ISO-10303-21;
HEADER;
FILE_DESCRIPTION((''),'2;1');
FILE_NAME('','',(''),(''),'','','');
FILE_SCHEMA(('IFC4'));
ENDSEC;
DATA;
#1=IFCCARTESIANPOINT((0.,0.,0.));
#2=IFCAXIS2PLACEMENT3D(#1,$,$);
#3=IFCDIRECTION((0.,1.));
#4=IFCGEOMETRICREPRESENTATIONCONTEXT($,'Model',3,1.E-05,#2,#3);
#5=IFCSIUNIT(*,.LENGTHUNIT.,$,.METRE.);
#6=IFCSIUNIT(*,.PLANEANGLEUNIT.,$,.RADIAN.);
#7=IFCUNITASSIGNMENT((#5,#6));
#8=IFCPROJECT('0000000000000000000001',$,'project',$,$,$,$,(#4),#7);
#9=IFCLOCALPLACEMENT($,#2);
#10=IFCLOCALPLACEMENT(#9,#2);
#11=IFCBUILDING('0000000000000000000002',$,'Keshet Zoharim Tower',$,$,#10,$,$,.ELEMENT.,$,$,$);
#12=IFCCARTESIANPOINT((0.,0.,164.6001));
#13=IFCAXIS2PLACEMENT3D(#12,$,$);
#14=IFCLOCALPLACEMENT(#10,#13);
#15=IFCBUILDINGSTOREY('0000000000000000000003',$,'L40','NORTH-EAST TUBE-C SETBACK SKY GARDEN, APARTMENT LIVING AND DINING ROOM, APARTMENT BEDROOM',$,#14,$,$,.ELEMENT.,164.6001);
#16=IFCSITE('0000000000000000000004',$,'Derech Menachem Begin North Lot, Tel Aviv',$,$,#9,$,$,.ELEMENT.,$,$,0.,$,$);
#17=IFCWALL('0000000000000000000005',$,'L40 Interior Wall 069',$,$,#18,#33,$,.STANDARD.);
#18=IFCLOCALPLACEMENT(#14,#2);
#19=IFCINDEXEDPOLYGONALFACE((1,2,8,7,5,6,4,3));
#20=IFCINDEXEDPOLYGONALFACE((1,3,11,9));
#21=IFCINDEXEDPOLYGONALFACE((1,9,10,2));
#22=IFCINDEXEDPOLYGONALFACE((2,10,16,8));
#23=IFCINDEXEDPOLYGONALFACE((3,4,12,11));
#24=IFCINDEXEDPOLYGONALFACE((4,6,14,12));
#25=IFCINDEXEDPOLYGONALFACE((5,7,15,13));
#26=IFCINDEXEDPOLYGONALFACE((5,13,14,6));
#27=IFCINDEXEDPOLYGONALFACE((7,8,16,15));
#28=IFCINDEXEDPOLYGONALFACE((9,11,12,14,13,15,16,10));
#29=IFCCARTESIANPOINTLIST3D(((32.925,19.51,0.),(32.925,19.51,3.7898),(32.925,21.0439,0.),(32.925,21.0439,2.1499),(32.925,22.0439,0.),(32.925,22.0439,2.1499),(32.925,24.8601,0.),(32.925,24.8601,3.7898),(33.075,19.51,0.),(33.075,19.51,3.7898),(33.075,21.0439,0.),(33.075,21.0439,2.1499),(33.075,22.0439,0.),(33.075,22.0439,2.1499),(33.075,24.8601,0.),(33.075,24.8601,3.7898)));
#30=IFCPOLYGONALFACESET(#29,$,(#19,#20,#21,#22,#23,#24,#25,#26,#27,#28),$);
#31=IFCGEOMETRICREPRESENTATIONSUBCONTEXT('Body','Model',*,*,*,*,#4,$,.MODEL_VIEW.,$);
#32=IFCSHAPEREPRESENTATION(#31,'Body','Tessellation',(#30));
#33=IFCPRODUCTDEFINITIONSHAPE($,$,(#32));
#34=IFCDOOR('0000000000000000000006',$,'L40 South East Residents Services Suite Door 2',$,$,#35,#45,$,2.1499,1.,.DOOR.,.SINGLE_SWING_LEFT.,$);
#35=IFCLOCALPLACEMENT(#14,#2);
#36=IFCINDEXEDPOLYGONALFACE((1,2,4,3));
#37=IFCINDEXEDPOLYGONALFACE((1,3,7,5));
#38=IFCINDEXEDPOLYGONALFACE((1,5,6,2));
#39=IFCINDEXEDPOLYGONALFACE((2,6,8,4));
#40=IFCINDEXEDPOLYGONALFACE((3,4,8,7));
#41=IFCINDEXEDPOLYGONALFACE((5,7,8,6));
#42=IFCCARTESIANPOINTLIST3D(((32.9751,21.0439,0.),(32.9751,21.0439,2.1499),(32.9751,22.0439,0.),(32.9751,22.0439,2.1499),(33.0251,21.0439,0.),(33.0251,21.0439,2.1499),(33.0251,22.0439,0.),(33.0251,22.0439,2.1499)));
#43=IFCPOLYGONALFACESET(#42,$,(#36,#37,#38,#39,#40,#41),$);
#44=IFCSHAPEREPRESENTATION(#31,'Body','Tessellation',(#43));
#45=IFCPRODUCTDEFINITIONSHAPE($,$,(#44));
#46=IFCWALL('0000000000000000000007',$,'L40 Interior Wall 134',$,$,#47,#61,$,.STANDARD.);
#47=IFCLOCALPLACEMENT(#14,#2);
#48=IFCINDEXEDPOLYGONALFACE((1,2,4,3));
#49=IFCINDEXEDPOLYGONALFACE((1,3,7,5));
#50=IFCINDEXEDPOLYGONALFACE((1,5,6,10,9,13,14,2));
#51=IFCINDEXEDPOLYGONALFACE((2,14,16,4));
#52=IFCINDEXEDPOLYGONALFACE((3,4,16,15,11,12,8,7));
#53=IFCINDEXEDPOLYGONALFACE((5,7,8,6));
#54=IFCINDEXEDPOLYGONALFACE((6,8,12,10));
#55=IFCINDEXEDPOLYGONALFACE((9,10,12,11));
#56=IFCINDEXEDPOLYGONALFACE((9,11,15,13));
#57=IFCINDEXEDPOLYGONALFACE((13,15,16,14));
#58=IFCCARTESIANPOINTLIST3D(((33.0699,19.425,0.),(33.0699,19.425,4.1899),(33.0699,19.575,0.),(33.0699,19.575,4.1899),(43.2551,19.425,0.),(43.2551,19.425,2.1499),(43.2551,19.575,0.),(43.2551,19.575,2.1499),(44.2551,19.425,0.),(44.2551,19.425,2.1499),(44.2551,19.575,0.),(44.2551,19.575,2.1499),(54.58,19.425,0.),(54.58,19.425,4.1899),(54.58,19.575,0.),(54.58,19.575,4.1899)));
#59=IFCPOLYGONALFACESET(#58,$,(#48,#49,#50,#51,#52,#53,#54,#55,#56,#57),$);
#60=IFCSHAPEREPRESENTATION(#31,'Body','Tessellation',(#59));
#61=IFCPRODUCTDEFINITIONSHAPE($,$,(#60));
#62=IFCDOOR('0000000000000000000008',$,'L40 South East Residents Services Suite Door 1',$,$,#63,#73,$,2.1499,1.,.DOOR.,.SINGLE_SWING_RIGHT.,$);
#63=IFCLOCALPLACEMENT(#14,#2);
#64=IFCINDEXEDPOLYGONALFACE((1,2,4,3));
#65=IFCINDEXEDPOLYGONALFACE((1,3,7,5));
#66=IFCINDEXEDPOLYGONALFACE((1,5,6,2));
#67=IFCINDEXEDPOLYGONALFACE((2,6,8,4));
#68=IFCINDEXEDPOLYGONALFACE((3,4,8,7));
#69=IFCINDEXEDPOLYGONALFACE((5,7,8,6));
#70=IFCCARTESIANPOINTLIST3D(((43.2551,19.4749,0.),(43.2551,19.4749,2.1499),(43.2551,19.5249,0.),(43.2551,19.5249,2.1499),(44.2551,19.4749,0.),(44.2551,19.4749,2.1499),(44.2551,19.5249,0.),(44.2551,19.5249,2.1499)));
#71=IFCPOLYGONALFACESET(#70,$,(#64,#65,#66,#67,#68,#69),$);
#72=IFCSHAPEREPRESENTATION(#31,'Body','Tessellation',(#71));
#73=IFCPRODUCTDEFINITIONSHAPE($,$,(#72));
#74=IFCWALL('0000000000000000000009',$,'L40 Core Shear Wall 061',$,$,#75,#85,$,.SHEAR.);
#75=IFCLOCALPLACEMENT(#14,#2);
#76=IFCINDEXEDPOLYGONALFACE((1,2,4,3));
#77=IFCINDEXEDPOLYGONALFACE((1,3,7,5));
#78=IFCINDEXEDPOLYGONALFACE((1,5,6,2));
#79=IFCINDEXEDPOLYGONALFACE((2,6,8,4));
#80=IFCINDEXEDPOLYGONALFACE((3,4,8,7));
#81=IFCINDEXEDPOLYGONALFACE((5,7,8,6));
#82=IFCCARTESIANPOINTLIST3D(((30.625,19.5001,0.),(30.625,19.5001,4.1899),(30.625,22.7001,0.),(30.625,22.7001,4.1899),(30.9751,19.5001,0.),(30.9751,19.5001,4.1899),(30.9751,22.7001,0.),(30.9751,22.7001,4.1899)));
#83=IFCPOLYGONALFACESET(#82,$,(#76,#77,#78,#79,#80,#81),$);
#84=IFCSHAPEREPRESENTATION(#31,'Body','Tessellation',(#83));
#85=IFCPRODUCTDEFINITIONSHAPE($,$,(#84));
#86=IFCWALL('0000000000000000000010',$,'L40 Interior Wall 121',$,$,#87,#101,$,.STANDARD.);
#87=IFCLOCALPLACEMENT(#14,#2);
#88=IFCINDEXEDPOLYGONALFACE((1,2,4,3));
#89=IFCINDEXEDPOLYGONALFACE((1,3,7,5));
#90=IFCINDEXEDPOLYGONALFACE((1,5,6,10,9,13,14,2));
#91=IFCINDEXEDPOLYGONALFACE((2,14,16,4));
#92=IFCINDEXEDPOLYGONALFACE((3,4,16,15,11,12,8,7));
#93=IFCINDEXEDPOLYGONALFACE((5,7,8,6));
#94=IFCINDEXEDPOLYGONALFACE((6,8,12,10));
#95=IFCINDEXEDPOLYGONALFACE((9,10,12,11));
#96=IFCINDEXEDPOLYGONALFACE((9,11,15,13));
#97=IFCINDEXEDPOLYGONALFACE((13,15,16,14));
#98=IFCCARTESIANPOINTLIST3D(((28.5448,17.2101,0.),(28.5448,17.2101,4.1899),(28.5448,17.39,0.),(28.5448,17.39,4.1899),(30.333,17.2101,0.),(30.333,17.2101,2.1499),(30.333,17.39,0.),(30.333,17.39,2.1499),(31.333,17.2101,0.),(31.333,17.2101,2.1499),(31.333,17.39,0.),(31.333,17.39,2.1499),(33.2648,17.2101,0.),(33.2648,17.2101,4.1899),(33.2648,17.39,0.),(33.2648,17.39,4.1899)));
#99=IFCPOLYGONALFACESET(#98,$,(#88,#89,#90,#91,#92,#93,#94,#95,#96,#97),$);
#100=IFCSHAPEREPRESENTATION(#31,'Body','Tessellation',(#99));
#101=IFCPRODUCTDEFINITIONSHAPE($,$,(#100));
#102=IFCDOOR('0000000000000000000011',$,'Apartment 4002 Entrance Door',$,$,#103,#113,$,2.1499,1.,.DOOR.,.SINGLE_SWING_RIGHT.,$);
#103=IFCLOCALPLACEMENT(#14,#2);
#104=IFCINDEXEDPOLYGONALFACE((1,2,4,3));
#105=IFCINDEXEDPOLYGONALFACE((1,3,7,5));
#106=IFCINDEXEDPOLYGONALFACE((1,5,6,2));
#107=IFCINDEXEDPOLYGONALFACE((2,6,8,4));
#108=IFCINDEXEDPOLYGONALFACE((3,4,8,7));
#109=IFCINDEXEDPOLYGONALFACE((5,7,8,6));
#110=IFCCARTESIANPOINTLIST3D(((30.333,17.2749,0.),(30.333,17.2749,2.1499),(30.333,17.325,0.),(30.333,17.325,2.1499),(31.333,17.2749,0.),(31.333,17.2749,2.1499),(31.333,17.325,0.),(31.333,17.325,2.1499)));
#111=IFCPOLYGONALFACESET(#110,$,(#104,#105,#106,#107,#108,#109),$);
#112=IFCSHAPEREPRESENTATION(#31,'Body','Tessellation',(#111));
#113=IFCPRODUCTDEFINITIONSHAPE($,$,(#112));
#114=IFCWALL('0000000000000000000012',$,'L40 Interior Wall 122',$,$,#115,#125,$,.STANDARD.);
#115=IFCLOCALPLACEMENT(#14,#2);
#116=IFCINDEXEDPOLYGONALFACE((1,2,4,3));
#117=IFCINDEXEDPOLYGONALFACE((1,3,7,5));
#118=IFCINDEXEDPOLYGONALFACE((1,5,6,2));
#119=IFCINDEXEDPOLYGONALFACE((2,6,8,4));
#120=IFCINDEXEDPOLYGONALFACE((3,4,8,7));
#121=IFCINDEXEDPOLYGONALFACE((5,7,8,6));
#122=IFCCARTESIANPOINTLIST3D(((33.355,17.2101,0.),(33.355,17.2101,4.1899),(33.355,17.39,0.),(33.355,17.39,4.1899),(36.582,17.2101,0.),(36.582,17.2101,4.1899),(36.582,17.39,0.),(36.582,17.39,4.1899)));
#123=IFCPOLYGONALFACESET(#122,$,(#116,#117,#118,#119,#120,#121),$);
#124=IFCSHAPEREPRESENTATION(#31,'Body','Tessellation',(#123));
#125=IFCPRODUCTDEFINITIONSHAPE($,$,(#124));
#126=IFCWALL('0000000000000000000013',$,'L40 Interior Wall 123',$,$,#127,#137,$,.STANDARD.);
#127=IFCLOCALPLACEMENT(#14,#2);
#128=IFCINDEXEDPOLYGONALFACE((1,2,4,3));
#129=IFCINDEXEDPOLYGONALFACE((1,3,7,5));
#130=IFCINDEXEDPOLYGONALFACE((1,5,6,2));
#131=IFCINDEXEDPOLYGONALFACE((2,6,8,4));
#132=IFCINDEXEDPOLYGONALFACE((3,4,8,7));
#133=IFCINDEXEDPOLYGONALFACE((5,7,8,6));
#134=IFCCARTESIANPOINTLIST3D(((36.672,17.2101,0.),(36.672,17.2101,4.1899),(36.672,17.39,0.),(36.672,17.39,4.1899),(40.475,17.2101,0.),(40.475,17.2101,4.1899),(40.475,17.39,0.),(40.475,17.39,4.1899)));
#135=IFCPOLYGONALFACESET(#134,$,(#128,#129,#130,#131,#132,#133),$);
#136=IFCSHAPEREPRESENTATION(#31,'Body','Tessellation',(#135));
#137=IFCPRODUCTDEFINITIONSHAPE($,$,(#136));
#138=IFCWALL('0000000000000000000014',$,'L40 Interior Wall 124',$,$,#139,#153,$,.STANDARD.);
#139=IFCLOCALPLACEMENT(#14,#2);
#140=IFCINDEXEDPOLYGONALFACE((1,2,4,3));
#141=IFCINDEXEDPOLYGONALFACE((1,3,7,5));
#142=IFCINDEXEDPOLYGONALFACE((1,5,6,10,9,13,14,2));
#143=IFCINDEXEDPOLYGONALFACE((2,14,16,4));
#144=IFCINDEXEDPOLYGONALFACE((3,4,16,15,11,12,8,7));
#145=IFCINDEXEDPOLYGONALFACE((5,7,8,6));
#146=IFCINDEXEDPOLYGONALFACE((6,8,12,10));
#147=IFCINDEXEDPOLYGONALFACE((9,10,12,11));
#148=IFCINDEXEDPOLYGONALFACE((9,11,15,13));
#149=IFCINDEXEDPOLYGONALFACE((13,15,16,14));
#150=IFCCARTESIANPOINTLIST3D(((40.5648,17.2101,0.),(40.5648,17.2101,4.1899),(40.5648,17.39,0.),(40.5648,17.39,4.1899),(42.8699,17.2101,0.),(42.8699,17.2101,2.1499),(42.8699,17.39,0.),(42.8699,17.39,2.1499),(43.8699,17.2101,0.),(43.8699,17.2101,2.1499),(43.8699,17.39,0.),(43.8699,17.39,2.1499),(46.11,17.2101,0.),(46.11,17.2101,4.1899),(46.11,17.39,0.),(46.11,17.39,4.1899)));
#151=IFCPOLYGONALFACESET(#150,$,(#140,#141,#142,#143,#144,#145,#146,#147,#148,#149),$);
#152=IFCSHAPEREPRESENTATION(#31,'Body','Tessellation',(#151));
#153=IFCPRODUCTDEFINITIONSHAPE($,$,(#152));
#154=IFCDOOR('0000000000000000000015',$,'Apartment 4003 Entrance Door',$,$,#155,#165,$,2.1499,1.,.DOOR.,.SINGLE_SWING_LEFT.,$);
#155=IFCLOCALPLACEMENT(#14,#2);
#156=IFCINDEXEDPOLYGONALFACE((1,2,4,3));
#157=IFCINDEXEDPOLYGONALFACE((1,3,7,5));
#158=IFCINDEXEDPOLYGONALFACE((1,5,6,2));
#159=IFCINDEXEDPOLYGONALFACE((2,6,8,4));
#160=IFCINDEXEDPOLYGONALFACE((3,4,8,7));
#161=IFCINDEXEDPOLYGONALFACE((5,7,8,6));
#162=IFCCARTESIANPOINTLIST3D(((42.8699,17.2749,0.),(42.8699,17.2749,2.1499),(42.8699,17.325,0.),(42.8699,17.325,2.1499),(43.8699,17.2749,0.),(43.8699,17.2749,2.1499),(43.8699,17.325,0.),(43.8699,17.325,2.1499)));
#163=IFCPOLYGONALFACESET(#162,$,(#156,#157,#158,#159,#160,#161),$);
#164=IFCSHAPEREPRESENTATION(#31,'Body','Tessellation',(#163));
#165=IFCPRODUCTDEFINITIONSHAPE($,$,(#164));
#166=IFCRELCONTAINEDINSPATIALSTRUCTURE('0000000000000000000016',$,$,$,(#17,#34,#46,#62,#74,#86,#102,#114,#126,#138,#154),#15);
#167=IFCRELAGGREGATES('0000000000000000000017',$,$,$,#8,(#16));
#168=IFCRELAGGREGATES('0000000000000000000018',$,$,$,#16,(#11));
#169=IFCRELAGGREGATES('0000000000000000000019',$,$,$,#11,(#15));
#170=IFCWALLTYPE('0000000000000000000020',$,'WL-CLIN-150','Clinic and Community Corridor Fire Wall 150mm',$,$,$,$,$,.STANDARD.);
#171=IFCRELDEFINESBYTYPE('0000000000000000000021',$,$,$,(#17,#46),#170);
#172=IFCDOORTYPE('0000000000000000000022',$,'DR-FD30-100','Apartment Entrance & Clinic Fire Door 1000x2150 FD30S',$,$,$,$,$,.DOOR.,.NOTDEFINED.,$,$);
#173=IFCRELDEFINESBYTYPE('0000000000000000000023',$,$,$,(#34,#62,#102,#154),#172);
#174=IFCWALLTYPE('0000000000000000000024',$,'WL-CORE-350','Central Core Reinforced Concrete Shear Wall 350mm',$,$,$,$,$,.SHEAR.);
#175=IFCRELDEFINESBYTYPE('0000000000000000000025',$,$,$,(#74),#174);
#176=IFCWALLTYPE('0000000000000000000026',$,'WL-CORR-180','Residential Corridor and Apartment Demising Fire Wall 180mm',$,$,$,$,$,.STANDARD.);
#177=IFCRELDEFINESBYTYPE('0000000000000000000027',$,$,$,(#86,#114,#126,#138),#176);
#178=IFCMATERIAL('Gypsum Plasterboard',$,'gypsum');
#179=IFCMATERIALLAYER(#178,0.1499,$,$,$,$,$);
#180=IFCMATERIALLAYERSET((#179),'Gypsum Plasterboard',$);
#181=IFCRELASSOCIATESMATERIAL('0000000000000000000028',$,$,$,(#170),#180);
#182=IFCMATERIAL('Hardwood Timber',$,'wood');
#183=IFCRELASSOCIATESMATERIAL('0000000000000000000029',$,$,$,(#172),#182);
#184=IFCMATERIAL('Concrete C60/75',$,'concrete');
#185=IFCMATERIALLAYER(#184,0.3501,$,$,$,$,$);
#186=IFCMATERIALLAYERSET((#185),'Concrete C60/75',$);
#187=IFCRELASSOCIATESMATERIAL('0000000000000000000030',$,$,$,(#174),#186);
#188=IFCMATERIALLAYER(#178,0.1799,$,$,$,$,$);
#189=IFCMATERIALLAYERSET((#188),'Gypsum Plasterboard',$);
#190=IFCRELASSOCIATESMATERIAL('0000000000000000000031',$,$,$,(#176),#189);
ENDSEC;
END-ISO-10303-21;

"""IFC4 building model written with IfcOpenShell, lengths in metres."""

from ifc_helpers import new_model, si_unit, direction, frame, frame_2d, origin, place, context, subcontext, project, spatial, rectangle, extrude, material, layer, layer_set, type_object, element, fill, save


model = new_model("IFC4")

# Units and contexts
model_context = context("Model", 3, precision=1e-05, world=origin(), true_north=direction((0.0, 1.0)))
body_context = subcontext(model_context, "Body", "Model", "MODEL_VIEW")
ifc_project = project(units=[si_unit("LENGTHUNIT", "METRE"), si_unit("PLANEANGLEUNIT", "RADIAN")], contexts=[model_context])

# Site, building, storey
site_placement = place(None, origin())
site = spatial("IfcSite", under=ifc_project, at=site_placement, Name="Derech Menachem Begin North Lot, Tel Aviv", CompositionType="ELEMENT", RefElevation=0.0)
building_placement = place(site_placement, origin())
building = spatial("IfcBuilding", under=site, at=building_placement, Name="Keshet Zoharim Tower", CompositionType="ELEMENT")
storey_placement = place(building_placement, frame((0.0, 0.0, 164.6001)))
storey = spatial("IfcBuildingStorey", under=building, at=storey_placement, Name="L40", Description="NORTH-EAST TUBE-C SETBACK SKY GARDEN, APARTMENT LIVING AND DINING ROOM, APARTMENT BEDROOM", CompositionType="ELEMENT", Elevation=164.6001)

# Shared definitions
ifc_material_1 = material(Name="Concrete C60/75", Category="concrete")

# Walls, openings, doors
ifc_material_2 = material(Name="Gypsum Plasterboard", Category="gypsum")
ifc_layer_1 = layer(ifc_material_2, 0.1499)
ifc_layer_set_1 = layer_set([ifc_layer_1], Name="Gypsum Plasterboard")
wall_type_1 = type_object("IfcWallType", Name="WL-CLIN-150", Description="Clinic and Community Corridor Fire Wall 150mm", PredefinedType="STANDARD", material=ifc_layer_set_1)
wall_1_placement = place(storey_placement, frame((33.0, 19.51, 0.0), z_axis=(0.0, 0.0, 1.0), x_axis=(0.0, 1.0, 0.0)))
wall_1 = element("IfcWall", 1, at=wall_1_placement, inside=storey, type_object=wall_type_1, Name="L40 Interior Wall 069", PredefinedType="STANDARD", context=body_context, shape_type="SweptSolid", body=[
    extrude(rectangle(XDim=5.3501, YDim=0.1499, at=frame_2d((2.675, 0.0))), origin(), (0.0, 0.0, 1.0), 3.7898),
])
opening_1_placement = place(wall_1_placement, frame((1.5339, 0.0, 0.0)))
opening_1 = element("IfcOpeningElement", 2, at=opening_1_placement, cuts=wall_1, PredefinedType="OPENING", context=body_context, shape_type="SweptSolid", body=[
    extrude(rectangle(XDim=1.0, YDim=2.1499, at=frame_2d((0.5, 1.075))), frame((0.0, 0.085, 0.0), z_axis=(0.0, -1.0, 0.0), x_axis=(1.0, 0.0, 0.0)), (0.0, 0.0, 1.0), 0.1699),
])
ifc_material_3 = material(Name="Hardwood Timber", Category="wood")
door_type_1 = type_object("IfcDoorType", Name="DR-FD30-100", Description="Apartment Entrance & Clinic Fire Door 1000x2150 FD30S", OperationType="NOTDEFINED", PredefinedType="DOOR", material=ifc_material_3)
door_1_placement = place(opening_1_placement, origin())
door_1 = element("IfcDoor", 3, at=door_1_placement, inside=storey, type_object=door_type_1, Name="L40 South East Residents Services Suite Door 2", OperationType="SINGLE_SWING_LEFT", OverallHeight=2.1499, OverallWidth=1.0, PredefinedType="DOOR", context=body_context, shape_type="SweptSolid", body=[
    extrude(rectangle(XDim=1.0, YDim=2.1499, at=frame_2d((0.5, 1.075))), frame((0.0, 0.0249, 0.0), z_axis=(0.0, -1.0, 0.0), x_axis=(1.0, 0.0, 0.0)), (0.0, 0.0, 1.0), 0.05),
])
fill(opening_1, door_1)
wall_2_placement = place(storey_placement, frame((33.0701, 19.5, 0.0), z_axis=(0.0, 0.0, 1.0), x_axis=(1.0, 0.0, 0.0)))
wall_2 = element("IfcWall", 4, at=wall_2_placement, inside=storey, type_object=wall_type_1, Name="L40 Interior Wall 134", PredefinedType="STANDARD", context=body_context, shape_type="SweptSolid", body=[
    extrude(rectangle(XDim=21.51, YDim=0.1499, at=frame_2d((10.7549, 0.0))), origin(), (0.0, 0.0, 1.0), 4.1899),
])
opening_2_placement = place(wall_2_placement, frame((10.1851, 0.0, 0.0)))
opening_2 = element("IfcOpeningElement", 5, at=opening_2_placement, cuts=wall_2, PredefinedType="OPENING", context=body_context, shape_type="SweptSolid", body=[
    extrude(rectangle(XDim=1.0, YDim=2.1499, at=frame_2d((0.5, 1.075))), frame((0.0, 0.085, 0.0), z_axis=(0.0, -1.0, 0.0), x_axis=(1.0, 0.0, 0.0)), (0.0, 0.0, 1.0), 0.1699),
])
door_2_placement = place(opening_2_placement, origin())
door_2 = element("IfcDoor", 6, at=door_2_placement, inside=storey, type_object=door_type_1, Name="L40 South East Residents Services Suite Door 1", OperationType="SINGLE_SWING_RIGHT", OverallHeight=2.1499, OverallWidth=1.0, PredefinedType="DOOR", context=body_context, shape_type="SweptSolid", body=[
    extrude(rectangle(XDim=1.0, YDim=2.1499, at=frame_2d((0.5, 1.075))), frame((0.0, 0.0249, 0.0), z_axis=(0.0, -1.0, 0.0), x_axis=(1.0, 0.0, 0.0)), (0.0, 0.0, 1.0), 0.05),
])
fill(opening_2, door_2)

# Wall
ifc_layer_2 = layer(ifc_material_1, 0.3501)
ifc_layer_set_2 = layer_set([ifc_layer_2], Name="Concrete C60/75")
wall_type_2 = type_object("IfcWallType", Name="WL-CORE-350", Description="Central Core Reinforced Concrete Shear Wall 350mm", PredefinedType="SHEAR", material=ifc_layer_set_2)
wall_3_placement = place(storey_placement, frame((30.8, 19.5, 0.0), z_axis=(0.0, 0.0, 1.0), x_axis=(0.0, 1.0, 0.0)))
element("IfcWall", 7, at=wall_3_placement, inside=storey, type_object=wall_type_2, Name="L40 Core Shear Wall 061", PredefinedType="SHEAR", context=body_context, shape_type="SweptSolid", body=[
    extrude(rectangle(XDim=3.2, YDim=0.3501, at=frame_2d((1.6001, 0.0))), origin(), (0.0, 0.0, 1.0), 4.1899),
])

# Wall, opening, door
ifc_layer_3 = layer(ifc_material_2, 0.1799)
ifc_layer_set_3 = layer_set([ifc_layer_3], Name="Gypsum Plasterboard")
wall_type_3 = type_object("IfcWallType", Name="WL-CORR-180", Description="Residential Corridor and Apartment Demising Fire Wall 180mm", PredefinedType="STANDARD", material=ifc_layer_set_3)
wall_4_placement = place(storey_placement, frame((28.5449, 17.3, 0.0), z_axis=(0.0, 0.0, 1.0), x_axis=(1.0, 0.0, 0.0)))
wall_4 = element("IfcWall", 8, at=wall_4_placement, inside=storey, type_object=wall_type_3, Name="L40 Interior Wall 121", PredefinedType="STANDARD", context=body_context, shape_type="SweptSolid", body=[
    extrude(rectangle(XDim=4.72, YDim=0.1799, at=frame_2d((2.3599, 0.0))), origin(), (0.0, 0.0, 1.0), 4.1899),
])
opening_3_placement = place(wall_4_placement, frame((1.7881, 0.0, 0.0)))
opening_3 = element("IfcOpeningElement", 9, at=opening_3_placement, cuts=wall_4, PredefinedType="OPENING", context=body_context, shape_type="SweptSolid", body=[
    extrude(rectangle(XDim=1.0, YDim=2.1499, at=frame_2d((0.5, 1.075))), frame((0.0, 0.1001, 0.0), z_axis=(0.0, -1.0, 0.0), x_axis=(1.0, 0.0, 0.0)), (0.0, 0.0, 1.0), 0.2),
])
door_3_placement = place(opening_3_placement, origin())
door_3 = element("IfcDoor", 10, at=door_3_placement, inside=storey, type_object=door_type_1, Name="Apartment 4002 Entrance Door", OperationType="SINGLE_SWING_RIGHT", OverallHeight=2.1499, OverallWidth=1.0, PredefinedType="DOOR", context=body_context, shape_type="SweptSolid", body=[
    extrude(rectangle(XDim=1.0, YDim=2.1499, at=frame_2d((0.5, 1.075))), frame((0.0, 0.0249, 0.0), z_axis=(0.0, -1.0, 0.0), x_axis=(1.0, 0.0, 0.0)), (0.0, 0.0, 1.0), 0.05),
])
fill(opening_3, door_3)

# Walls
wall_5_placement = place(storey_placement, frame((33.355, 17.3, 0.0), z_axis=(0.0, 0.0, 1.0), x_axis=(1.0, 0.0, 0.0)))
element("IfcWall", 11, at=wall_5_placement, inside=storey, type_object=wall_type_3, Name="L40 Interior Wall 122", PredefinedType="STANDARD", context=body_context, shape_type="SweptSolid", body=[
    extrude(rectangle(XDim=3.2271, YDim=0.1799, at=frame_2d((1.6135, 0.0))), origin(), (0.0, 0.0, 1.0), 4.1899),
])
wall_6_placement = place(storey_placement, frame((36.6721, 17.3, 0.0), z_axis=(0.0, 0.0, 1.0), x_axis=(1.0, 0.0, 0.0)))
element("IfcWall", 12, at=wall_6_placement, inside=storey, type_object=wall_type_3, Name="L40 Interior Wall 123", PredefinedType="STANDARD", context=body_context, shape_type="SweptSolid", body=[
    extrude(rectangle(XDim=3.803, YDim=0.1799, at=frame_2d((1.9014, 0.0))), origin(), (0.0, 0.0, 1.0), 4.1899),
])

# Wall, opening, door
wall_7_placement = place(storey_placement, frame((40.5649, 17.3, 0.0), z_axis=(0.0, 0.0, 1.0), x_axis=(1.0, 0.0, 0.0)))
wall_7 = element("IfcWall", 13, at=wall_7_placement, inside=storey, type_object=wall_type_3, Name="L40 Interior Wall 124", PredefinedType="STANDARD", context=body_context, shape_type="SweptSolid", body=[
    extrude(rectangle(XDim=5.5452, YDim=0.1799, at=frame_2d((2.7725, 0.0))), origin(), (0.0, 0.0, 1.0), 4.1899),
])
opening_4_placement = place(wall_7_placement, frame((2.3049, 0.0, 0.0)))
opening_4 = element("IfcOpeningElement", 14, at=opening_4_placement, cuts=wall_7, PredefinedType="OPENING", context=body_context, shape_type="SweptSolid", body=[
    extrude(rectangle(XDim=1.0, YDim=2.1499, at=frame_2d((0.5, 1.075))), frame((0.0, 0.1001, 0.0), z_axis=(0.0, -1.0, 0.0), x_axis=(1.0, 0.0, 0.0)), (0.0, 0.0, 1.0), 0.2),
])
door_4_placement = place(opening_4_placement, origin())
door_4 = element("IfcDoor", 15, at=door_4_placement, inside=storey, type_object=door_type_1, Name="Apartment 4003 Entrance Door", OperationType="SINGLE_SWING_LEFT", OverallHeight=2.1499, OverallWidth=1.0, PredefinedType="DOOR", context=body_context, shape_type="SweptSolid", body=[
    extrude(rectangle(XDim=1.0, YDim=2.1499, at=frame_2d((0.5, 1.075))), frame((0.0, 0.0249, 0.0), z_axis=(0.0, -1.0, 0.0), x_axis=(1.0, 0.0, 0.0)), (0.0, 0.0, 1.0), 0.05),
])
fill(opening_4, door_4)

save(model, "model.ifc")
